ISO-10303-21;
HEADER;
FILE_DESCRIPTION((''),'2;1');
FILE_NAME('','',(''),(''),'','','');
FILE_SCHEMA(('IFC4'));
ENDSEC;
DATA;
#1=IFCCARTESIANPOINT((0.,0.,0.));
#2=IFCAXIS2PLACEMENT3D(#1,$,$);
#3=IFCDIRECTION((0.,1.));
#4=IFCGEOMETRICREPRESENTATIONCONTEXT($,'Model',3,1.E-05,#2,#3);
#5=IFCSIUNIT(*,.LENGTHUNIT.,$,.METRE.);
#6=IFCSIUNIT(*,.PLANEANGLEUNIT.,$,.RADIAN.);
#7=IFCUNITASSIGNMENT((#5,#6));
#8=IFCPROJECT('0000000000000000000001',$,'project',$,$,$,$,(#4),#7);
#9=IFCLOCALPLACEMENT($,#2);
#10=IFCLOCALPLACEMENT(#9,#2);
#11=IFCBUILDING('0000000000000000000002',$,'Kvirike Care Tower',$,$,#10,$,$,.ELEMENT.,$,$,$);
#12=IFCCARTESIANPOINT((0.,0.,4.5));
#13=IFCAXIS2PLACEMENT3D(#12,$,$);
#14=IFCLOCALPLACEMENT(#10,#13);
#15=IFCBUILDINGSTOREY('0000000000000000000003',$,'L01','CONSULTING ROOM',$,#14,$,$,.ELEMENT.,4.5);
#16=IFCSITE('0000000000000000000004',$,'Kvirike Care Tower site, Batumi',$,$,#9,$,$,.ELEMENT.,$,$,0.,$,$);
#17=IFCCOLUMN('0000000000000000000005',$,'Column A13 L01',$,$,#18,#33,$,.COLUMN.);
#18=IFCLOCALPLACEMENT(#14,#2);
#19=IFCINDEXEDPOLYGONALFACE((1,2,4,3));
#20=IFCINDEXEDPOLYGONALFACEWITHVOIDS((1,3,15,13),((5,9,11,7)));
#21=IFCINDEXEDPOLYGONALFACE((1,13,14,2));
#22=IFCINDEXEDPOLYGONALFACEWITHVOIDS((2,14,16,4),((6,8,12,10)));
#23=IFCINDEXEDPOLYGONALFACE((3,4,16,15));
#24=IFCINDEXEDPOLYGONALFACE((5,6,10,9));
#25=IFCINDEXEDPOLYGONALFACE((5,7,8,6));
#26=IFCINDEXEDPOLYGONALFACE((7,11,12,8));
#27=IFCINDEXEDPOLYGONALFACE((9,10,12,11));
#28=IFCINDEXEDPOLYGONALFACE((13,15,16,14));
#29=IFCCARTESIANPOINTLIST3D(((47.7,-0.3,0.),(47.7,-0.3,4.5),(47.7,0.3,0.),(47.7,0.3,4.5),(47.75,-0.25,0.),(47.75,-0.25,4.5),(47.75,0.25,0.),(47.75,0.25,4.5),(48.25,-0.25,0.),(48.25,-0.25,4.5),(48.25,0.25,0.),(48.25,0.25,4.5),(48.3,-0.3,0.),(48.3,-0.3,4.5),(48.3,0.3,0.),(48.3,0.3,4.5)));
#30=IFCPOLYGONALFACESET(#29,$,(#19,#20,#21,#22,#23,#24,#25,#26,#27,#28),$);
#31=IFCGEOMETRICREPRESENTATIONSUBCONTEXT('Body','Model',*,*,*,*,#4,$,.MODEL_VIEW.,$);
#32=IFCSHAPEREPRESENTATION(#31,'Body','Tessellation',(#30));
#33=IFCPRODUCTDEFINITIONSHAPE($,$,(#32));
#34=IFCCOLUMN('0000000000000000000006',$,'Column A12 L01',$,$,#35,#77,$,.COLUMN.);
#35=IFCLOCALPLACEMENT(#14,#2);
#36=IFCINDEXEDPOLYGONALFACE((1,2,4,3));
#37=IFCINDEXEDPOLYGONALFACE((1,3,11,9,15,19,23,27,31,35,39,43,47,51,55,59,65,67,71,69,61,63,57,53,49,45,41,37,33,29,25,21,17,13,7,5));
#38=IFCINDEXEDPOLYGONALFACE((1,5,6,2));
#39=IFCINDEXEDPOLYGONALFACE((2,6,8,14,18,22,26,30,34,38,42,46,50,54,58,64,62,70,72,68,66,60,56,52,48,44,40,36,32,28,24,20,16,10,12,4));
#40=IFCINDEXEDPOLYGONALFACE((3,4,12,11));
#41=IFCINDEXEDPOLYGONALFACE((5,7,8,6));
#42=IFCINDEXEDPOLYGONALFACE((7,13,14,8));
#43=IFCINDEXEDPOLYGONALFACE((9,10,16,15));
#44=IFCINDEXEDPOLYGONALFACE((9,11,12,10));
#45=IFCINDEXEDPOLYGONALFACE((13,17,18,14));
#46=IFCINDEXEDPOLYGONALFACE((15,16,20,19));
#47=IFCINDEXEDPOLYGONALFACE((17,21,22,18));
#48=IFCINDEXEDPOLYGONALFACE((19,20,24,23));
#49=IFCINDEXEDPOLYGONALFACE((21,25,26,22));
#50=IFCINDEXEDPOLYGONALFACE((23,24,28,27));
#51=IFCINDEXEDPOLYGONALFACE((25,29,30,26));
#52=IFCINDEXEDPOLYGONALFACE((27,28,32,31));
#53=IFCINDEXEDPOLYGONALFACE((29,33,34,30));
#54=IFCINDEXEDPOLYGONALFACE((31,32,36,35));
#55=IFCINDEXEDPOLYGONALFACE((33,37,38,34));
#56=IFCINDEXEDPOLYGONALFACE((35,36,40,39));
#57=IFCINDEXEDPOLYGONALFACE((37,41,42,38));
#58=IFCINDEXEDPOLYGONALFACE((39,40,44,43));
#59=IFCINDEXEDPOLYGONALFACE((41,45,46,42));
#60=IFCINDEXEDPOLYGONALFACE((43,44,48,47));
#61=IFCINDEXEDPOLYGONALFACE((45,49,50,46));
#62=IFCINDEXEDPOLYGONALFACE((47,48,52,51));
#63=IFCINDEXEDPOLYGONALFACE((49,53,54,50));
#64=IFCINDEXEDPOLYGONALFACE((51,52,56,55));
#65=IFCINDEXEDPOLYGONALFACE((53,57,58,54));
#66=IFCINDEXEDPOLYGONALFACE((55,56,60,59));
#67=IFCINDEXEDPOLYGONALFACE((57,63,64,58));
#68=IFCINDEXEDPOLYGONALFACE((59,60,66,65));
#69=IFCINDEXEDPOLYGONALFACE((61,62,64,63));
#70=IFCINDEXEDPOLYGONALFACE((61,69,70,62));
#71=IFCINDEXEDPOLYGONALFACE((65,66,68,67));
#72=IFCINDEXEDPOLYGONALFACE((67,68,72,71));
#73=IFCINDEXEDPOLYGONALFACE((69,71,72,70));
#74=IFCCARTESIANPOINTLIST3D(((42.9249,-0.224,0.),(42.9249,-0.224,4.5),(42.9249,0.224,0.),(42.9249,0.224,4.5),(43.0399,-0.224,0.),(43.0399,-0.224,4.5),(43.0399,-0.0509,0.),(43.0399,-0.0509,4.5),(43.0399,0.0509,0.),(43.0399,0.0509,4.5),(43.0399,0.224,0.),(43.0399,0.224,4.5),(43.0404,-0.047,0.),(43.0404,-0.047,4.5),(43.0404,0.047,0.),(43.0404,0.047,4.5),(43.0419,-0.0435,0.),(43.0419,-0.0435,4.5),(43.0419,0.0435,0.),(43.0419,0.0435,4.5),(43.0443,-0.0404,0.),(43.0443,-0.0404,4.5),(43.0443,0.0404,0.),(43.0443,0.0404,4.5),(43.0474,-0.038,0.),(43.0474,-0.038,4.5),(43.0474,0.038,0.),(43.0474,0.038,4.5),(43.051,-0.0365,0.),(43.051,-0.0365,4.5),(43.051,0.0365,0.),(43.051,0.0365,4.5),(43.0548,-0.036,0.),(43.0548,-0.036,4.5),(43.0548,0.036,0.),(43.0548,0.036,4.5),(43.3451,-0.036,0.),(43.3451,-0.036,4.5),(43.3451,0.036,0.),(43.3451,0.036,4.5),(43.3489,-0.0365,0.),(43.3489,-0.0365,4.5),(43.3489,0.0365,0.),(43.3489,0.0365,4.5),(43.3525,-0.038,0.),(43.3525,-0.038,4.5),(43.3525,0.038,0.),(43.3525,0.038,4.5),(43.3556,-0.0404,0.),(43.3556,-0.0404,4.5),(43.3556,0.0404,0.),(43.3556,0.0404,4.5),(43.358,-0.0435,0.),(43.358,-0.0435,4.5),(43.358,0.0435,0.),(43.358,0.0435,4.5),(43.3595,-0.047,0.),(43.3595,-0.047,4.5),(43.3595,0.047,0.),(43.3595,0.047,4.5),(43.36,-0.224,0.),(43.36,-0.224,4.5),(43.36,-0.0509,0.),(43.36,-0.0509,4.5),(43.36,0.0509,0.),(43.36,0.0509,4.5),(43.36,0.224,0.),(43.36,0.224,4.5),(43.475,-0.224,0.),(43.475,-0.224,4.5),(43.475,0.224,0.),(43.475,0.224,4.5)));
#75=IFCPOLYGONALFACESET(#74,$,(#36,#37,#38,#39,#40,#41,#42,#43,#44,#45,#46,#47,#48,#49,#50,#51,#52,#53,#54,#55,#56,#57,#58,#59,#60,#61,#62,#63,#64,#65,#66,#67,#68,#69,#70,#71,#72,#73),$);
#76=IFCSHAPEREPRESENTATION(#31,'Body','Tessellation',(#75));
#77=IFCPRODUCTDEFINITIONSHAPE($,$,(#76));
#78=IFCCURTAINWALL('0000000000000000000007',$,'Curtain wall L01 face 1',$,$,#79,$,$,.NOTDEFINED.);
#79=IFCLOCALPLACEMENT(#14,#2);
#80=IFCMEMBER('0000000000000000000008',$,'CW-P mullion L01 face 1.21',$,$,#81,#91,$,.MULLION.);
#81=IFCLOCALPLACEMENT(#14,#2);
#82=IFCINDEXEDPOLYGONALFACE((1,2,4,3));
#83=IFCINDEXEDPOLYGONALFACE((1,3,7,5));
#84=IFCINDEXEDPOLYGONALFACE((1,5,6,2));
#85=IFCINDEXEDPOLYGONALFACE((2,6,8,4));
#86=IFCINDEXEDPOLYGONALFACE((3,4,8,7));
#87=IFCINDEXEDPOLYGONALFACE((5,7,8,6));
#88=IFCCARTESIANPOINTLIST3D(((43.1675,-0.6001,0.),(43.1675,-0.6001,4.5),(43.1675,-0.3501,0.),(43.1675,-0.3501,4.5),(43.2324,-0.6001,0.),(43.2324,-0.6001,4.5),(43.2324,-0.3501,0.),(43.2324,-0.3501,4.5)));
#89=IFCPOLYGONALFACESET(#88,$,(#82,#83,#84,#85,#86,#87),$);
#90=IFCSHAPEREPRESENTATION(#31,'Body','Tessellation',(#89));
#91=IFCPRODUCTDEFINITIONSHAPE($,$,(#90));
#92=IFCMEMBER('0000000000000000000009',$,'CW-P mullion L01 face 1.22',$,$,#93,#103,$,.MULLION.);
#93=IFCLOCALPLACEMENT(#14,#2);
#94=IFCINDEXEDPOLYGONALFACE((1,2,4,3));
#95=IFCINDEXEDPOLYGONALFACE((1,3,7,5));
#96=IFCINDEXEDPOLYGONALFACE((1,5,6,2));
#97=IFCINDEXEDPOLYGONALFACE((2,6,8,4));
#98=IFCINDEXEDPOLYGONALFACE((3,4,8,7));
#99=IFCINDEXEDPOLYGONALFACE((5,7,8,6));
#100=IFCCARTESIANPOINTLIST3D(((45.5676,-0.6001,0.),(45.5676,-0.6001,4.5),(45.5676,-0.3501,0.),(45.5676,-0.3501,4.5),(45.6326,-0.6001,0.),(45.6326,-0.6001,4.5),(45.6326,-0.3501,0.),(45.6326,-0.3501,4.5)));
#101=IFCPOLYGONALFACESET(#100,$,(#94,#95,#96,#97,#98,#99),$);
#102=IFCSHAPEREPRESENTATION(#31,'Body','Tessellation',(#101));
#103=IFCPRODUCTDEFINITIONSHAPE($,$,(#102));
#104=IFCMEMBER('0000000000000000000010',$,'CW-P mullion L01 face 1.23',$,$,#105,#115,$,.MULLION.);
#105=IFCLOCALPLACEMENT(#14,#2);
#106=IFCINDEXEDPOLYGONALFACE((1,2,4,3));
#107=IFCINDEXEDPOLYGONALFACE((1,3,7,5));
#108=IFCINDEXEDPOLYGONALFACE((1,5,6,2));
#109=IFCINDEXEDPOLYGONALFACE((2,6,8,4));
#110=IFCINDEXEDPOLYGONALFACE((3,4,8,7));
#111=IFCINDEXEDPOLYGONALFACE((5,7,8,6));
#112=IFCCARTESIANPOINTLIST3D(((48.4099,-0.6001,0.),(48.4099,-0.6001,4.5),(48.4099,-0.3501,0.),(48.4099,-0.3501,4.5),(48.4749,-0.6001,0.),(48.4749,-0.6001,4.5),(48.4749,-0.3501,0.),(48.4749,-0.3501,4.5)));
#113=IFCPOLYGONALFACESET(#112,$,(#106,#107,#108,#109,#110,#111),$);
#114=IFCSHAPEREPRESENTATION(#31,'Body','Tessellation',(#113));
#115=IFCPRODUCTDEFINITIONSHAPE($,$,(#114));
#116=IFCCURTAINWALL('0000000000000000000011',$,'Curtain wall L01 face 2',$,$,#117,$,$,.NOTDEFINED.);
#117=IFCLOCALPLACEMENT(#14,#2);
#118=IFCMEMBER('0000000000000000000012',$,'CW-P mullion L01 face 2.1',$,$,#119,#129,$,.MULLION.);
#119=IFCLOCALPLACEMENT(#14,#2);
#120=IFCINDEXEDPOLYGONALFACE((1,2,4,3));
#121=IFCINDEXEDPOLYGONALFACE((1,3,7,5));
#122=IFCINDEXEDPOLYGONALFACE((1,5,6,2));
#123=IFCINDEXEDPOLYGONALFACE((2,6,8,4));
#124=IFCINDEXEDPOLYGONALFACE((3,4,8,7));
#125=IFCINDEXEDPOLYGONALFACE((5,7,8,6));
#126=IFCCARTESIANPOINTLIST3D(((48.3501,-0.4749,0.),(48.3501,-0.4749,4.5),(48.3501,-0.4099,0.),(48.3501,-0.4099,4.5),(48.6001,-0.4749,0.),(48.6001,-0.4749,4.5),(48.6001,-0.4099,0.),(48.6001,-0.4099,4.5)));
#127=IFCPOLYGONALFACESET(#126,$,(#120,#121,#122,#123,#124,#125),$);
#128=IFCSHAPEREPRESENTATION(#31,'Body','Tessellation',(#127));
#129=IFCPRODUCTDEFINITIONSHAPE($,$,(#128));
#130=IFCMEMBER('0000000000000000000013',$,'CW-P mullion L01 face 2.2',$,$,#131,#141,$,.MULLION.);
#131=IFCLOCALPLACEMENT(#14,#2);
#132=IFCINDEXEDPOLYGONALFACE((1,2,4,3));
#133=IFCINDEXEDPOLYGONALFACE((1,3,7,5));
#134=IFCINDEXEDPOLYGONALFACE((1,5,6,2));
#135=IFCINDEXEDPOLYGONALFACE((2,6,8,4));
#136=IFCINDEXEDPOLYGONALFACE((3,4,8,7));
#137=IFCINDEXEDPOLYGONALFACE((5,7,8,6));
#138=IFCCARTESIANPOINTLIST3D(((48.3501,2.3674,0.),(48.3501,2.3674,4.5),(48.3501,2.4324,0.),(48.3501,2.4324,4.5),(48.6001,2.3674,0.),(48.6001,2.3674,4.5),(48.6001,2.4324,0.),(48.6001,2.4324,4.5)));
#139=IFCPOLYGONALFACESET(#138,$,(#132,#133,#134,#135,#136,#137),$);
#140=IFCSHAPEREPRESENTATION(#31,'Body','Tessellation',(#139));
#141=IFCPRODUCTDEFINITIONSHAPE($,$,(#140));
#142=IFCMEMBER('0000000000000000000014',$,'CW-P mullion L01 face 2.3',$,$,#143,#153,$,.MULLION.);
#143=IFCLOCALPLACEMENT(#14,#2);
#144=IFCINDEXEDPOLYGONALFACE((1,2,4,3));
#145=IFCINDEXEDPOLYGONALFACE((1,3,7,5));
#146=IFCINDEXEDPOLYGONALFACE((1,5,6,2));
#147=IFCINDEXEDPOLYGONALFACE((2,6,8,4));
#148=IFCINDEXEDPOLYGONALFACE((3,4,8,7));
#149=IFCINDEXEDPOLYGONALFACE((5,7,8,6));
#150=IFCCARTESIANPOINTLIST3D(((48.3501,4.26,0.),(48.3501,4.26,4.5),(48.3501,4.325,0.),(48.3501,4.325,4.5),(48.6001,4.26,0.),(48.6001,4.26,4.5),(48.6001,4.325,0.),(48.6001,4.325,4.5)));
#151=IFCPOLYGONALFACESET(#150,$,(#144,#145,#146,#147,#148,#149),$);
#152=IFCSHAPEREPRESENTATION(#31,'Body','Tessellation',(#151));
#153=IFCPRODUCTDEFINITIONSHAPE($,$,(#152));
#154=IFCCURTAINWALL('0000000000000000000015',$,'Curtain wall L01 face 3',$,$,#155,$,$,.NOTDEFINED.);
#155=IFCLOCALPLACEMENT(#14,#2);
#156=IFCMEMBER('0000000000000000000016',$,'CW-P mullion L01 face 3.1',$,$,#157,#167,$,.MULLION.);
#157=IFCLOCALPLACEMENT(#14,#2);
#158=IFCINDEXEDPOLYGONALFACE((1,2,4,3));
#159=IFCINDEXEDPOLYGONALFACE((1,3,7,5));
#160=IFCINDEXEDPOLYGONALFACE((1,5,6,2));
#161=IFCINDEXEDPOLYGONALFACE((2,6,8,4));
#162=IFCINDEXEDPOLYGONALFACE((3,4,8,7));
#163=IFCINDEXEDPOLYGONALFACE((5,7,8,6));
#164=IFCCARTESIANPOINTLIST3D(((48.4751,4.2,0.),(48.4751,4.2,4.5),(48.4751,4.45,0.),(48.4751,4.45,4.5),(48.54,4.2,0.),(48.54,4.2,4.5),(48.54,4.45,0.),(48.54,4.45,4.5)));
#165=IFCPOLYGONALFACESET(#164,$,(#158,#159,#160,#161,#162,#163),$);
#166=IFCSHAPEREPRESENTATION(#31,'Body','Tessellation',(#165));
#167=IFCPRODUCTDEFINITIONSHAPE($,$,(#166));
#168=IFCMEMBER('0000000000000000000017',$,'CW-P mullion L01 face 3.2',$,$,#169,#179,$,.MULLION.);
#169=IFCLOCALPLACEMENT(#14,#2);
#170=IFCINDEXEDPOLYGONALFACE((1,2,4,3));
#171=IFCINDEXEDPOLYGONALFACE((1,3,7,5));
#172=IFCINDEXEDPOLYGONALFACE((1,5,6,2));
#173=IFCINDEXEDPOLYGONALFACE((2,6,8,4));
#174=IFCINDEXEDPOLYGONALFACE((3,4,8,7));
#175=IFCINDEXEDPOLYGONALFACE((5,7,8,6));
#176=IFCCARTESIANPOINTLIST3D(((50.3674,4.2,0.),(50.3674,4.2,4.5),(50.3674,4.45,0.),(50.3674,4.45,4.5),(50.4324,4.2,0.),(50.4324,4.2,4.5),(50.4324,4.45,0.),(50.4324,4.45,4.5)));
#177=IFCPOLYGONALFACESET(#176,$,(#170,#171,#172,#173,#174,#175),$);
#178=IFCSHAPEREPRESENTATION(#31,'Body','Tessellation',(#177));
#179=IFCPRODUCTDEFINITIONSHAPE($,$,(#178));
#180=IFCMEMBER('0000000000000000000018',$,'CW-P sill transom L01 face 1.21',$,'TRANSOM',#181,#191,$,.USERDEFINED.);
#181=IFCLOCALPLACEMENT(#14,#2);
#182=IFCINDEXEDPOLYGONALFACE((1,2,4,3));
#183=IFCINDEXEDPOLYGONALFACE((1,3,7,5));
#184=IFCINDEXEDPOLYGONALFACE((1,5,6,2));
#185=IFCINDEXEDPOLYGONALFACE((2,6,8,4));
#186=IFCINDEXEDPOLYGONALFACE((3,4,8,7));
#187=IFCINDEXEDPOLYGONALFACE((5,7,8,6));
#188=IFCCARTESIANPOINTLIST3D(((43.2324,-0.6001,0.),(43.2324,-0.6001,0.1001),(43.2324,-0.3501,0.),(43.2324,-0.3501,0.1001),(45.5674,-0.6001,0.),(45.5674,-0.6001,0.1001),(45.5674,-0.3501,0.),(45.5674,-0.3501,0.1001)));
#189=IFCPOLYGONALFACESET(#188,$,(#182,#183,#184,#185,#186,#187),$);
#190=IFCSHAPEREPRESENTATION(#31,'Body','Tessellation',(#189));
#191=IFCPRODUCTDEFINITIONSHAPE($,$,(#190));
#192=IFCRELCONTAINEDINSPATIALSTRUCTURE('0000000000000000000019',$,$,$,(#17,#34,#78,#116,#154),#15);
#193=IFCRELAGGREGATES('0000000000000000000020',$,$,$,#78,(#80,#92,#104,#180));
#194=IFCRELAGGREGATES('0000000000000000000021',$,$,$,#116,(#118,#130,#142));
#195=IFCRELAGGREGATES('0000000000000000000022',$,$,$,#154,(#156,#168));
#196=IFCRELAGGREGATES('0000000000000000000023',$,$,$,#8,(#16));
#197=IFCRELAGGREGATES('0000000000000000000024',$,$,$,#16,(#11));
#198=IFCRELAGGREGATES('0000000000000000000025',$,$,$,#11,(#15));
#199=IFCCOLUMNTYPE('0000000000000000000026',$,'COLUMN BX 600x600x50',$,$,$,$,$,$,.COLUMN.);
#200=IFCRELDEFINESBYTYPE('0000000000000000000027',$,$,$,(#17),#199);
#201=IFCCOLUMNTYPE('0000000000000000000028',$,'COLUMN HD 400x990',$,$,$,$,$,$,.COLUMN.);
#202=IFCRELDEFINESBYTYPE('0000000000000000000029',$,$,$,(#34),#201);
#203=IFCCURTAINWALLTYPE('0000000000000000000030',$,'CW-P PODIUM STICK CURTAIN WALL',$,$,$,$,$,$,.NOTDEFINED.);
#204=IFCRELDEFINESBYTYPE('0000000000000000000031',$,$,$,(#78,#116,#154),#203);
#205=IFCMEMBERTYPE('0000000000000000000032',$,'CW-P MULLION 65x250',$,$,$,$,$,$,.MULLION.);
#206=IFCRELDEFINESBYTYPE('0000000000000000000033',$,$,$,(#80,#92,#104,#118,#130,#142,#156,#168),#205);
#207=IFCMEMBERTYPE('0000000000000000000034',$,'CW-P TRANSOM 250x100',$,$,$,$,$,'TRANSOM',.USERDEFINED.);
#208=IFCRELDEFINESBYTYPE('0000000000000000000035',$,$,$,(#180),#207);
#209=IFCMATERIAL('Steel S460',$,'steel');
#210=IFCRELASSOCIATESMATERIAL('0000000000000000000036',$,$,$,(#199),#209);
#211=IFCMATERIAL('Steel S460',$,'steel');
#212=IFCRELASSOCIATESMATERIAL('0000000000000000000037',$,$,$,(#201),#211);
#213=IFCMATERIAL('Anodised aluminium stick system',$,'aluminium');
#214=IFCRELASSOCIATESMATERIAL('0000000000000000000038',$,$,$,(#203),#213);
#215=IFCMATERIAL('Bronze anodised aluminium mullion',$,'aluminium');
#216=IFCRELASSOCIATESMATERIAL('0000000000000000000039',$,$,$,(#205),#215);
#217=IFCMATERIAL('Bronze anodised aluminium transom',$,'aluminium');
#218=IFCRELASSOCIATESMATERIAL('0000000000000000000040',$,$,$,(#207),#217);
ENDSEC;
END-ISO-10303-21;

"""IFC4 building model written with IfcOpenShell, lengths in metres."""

from ifc_helpers import new_model, si_unit, direction, frame, origin, origin_2d, place, context, subcontext, project, spatial, rectangle, hollow_rectangle, i_section, extrude, material, material_profile, profile_set, type_object, element, aggregate, save


model = new_model("IFC4")

# Units and contexts
model_context = context("Model", 3, precision=1e-05, world=origin(), true_north=direction((0.0, 1.0)))
body_context = subcontext(model_context, "Body", "Model", "MODEL_VIEW")
ifc_project = project(units=[si_unit("LENGTHUNIT", "METRE"), si_unit("PLANEANGLEUNIT", "RADIAN")], contexts=[model_context])

# Site, building, storey
site_placement = place(None, origin())
site = spatial("IfcSite", under=ifc_project, at=site_placement, Name="Kvirike Care Tower site, Batumi", CompositionType="ELEMENT", RefElevation=0.0)
building_placement = place(site_placement, origin())
building = spatial("IfcBuilding", under=site, at=building_placement, Name="Kvirike Care Tower", CompositionType="ELEMENT")
storey_placement = place(building_placement, frame((0.0, 0.0, 4.5)))
storey = spatial("IfcBuildingStorey", under=building, at=storey_placement, Name="L01", Description="CONSULTING ROOM", CompositionType="ELEMENT", Elevation=4.5)

# Columns
ifc_material_1 = material(Name="Steel S460", Category="steel")
ifc_material_profile_1 = material_profile(ifc_material_1, hollow_rectangle(XDim=0.6001, YDim=0.6001, WallThickness=0.05, at=origin_2d()), Name="BX 600x600x50")
ifc_profile_set_1 = profile_set([ifc_material_profile_1], Name="Steel S460")
column_type_1 = type_object("IfcColumnType", Name="COLUMN BX 600x600x50", PredefinedType="COLUMN", material=ifc_profile_set_1)
column_1_placement = place(storey_placement, frame((48.0, 0.0, 0.0), z_axis=(0.0, 0.0, 1.0), x_axis=(0.0, 1.0, 0.0)))
element("IfcColumn", 1, at=column_1_placement, inside=storey, type_object=column_type_1, Name="Column A13 L01", PredefinedType="COLUMN", context=body_context, shape_type="SweptSolid", body=[
    extrude(hollow_rectangle(XDim=0.6001, YDim=0.6001, WallThickness=0.05, at=origin_2d()), origin(), (0.0, 0.0, 1.0), 4.5),
])
ifc_material_2 = material(Name="Steel S460", Category="steel")
ifc_material_profile_2 = material_profile(ifc_material_2, i_section(OverallWidth=0.448, OverallDepth=0.55, WebThickness=0.072, FlangeThickness=0.115, FilletRadius=0.0149, at=origin_2d()), Name="HD 400x990")
ifc_profile_set_2 = profile_set([ifc_material_profile_2], Name="Steel S460")
column_type_2 = type_object("IfcColumnType", Name="COLUMN HD 400x990", PredefinedType="COLUMN", material=ifc_profile_set_2)
column_2_placement = place(storey_placement, frame((43.2, 0.0, 0.0), z_axis=(0.0, 0.0, 1.0), x_axis=(0.0, 1.0, 0.0)))
element("IfcColumn", 2, at=column_2_placement, inside=storey, type_object=column_type_2, Name="Column A12 L01", PredefinedType="COLUMN", context=body_context, shape_type="SweptSolid", body=[
    extrude(i_section(OverallWidth=0.448, OverallDepth=0.55, WebThickness=0.072, FlangeThickness=0.115, FilletRadius=0.0149, at=origin_2d()), origin(), (0.0, 0.0, 1.0), 4.5),
])

# Curtain walls, members
ifc_material_3 = material(Name="Anodised aluminium stick system", Category="aluminium")
curtain_wall_type = type_object("IfcCurtainWallType", Name="CW-P PODIUM STICK CURTAIN WALL", PredefinedType="NOTDEFINED", material=ifc_material_3)
curtain_wall_1_placement = place(storey_placement, origin())
curtain_wall_1 = element("IfcCurtainWall", 3, at=curtain_wall_1_placement, inside=storey, type_object=curtain_wall_type, Name="Curtain wall L01 face 1", PredefinedType="NOTDEFINED")
ifc_material_4 = material(Name="Bronze anodised aluminium mullion", Category="aluminium")
ifc_material_profile_3 = material_profile(ifc_material_4, rectangle(XDim=0.0649, YDim=0.25, at=origin_2d()), Name="CW-P MULLION 65x250")
ifc_profile_set_3 = profile_set([ifc_material_profile_3], Name="Bronze anodised aluminium mullion")
member_type_1 = type_object("IfcMemberType", Name="CW-P MULLION 65x250", PredefinedType="MULLION", material=ifc_profile_set_3)
member_1_placement = place(storey_placement, frame((43.2, -0.4751, 0.0), z_axis=(0.0, 0.0, 1.0), x_axis=(1.0, 0.0, 0.0)))
member_1 = element("IfcMember", 4, at=member_1_placement, type_object=member_type_1, Name="CW-P mullion L01 face 1.21", PredefinedType="MULLION", context=body_context, shape_type="SweptSolid", body=[
    extrude(rectangle(XDim=0.0649, YDim=0.25, at=origin_2d()), origin(), (0.0, 0.0, 1.0), 4.5),
])
member_2_placement = place(storey_placement, frame((45.6001, -0.4751, 0.0), z_axis=(0.0, 0.0, 1.0), x_axis=(1.0, 0.0, 0.0)))
member_2 = element("IfcMember", 5, at=member_2_placement, type_object=member_type_1, Name="CW-P mullion L01 face 1.22", PredefinedType="MULLION", context=body_context, shape_type="SweptSolid", body=[
    extrude(rectangle(XDim=0.0649, YDim=0.25, at=origin_2d()), origin(), (0.0, 0.0, 1.0), 4.5),
])
member_3_placement = place(storey_placement, frame((48.4424, -0.4751, 0.0), z_axis=(0.0, 0.0, 1.0), x_axis=(1.0, 0.0, 0.0)))
member_3 = element("IfcMember", 6, at=member_3_placement, type_object=member_type_1, Name="CW-P mullion L01 face 1.23", PredefinedType="MULLION", context=body_context, shape_type="SweptSolid", body=[
    extrude(rectangle(XDim=0.0649, YDim=0.25, at=origin_2d()), origin(), (0.0, 0.0, 1.0), 4.5),
])
curtain_wall_2_placement = place(storey_placement, origin())
curtain_wall_2 = element("IfcCurtainWall", 7, at=curtain_wall_2_placement, inside=storey, type_object=curtain_wall_type, Name="Curtain wall L01 face 2", PredefinedType="NOTDEFINED")
member_4_placement = place(storey_placement, frame((48.4751, -0.4424, 0.0), z_axis=(0.0, 0.0, 1.0), x_axis=(0.0, 1.0, 0.0)))
member_4 = element("IfcMember", 8, at=member_4_placement, type_object=member_type_1, Name="CW-P mullion L01 face 2.1", PredefinedType="MULLION", context=body_context, shape_type="SweptSolid", body=[
    extrude(rectangle(XDim=0.0649, YDim=0.25, at=origin_2d()), origin(), (0.0, 0.0, 1.0), 4.5),
])
member_5_placement = place(storey_placement, frame((48.4751, 2.3999, 0.0), z_axis=(0.0, 0.0, 1.0), x_axis=(0.0, 1.0, 0.0)))
member_5 = element("IfcMember", 9, at=member_5_placement, type_object=member_type_1, Name="CW-P mullion L01 face 2.2", PredefinedType="MULLION", context=body_context, shape_type="SweptSolid", body=[
    extrude(rectangle(XDim=0.0649, YDim=0.25, at=origin_2d()), origin(), (0.0, 0.0, 1.0), 4.5),
])
member_6_placement = place(storey_placement, frame((48.4751, 4.2925, 0.0), z_axis=(0.0, 0.0, 1.0), x_axis=(0.0, 1.0, 0.0)))
member_6 = element("IfcMember", 10, at=member_6_placement, type_object=member_type_1, Name="CW-P mullion L01 face 2.3", PredefinedType="MULLION", context=body_context, shape_type="SweptSolid", body=[
    extrude(rectangle(XDim=0.0649, YDim=0.25, at=origin_2d()), origin(), (0.0, 0.0, 1.0), 4.5),
])
curtain_wall_3_placement = place(storey_placement, origin())
curtain_wall_3 = element("IfcCurtainWall", 11, at=curtain_wall_3_placement, inside=storey, type_object=curtain_wall_type, Name="Curtain wall L01 face 3", PredefinedType="NOTDEFINED")
member_7_placement = place(storey_placement, frame((48.5076, 4.325, 0.0), z_axis=(0.0, 0.0, 1.0), x_axis=(1.0, 0.0, 0.0)))
member_7 = element("IfcMember", 12, at=member_7_placement, type_object=member_type_1, Name="CW-P mullion L01 face 3.1", PredefinedType="MULLION", context=body_context, shape_type="SweptSolid", body=[
    extrude(rectangle(XDim=0.0649, YDim=0.25, at=origin_2d()), origin(), (0.0, 0.0, 1.0), 4.5),
])
member_8_placement = place(storey_placement, frame((50.3999, 4.325, 0.0), z_axis=(0.0, 0.0, 1.0), x_axis=(1.0, 0.0, 0.0)))
member_8 = element("IfcMember", 13, at=member_8_placement, type_object=member_type_1, Name="CW-P mullion L01 face 3.2", PredefinedType="MULLION", context=body_context, shape_type="SweptSolid", body=[
    extrude(rectangle(XDim=0.0649, YDim=0.25, at=origin_2d()), origin(), (0.0, 0.0, 1.0), 4.5),
])

# Member
ifc_material_5 = material(Name="Bronze anodised aluminium transom", Category="aluminium")
ifc_material_profile_4 = material_profile(ifc_material_5, rectangle(XDim=0.25, YDim=0.1001, at=origin_2d()), Name="CW-P TRANSOM 250x100")
ifc_profile_set_4 = profile_set([ifc_material_profile_4], Name="Bronze anodised aluminium transom")
member_type_2 = type_object("IfcMemberType", Name="CW-P TRANSOM 250x100", ElementType="TRANSOM", PredefinedType="USERDEFINED", material=ifc_profile_set_4)
member_9_placement = place(storey_placement, frame((43.2324, -0.4751, 0.05), z_axis=(1.0, 0.0, 0.0), x_axis=(0.0, 1.0, 0.0)))
member_9 = element("IfcMember", 14, at=member_9_placement, type_object=member_type_2, Name="CW-P sill transom L01 face 1.21", ObjectType="TRANSOM", PredefinedType="USERDEFINED", context=body_context, shape_type="SweptSolid", body=[
    extrude(rectangle(XDim=0.25, YDim=0.1001, at=origin_2d()), origin(), (0.0, 0.0, 1.0), 2.335),
])

aggregate(curtain_wall_1, [member_1, member_2, member_3, member_9])
aggregate(curtain_wall_2, [member_4, member_5, member_6])
aggregate(curtain_wall_3, [member_7, member_8])

save(model, "model.ifc")
